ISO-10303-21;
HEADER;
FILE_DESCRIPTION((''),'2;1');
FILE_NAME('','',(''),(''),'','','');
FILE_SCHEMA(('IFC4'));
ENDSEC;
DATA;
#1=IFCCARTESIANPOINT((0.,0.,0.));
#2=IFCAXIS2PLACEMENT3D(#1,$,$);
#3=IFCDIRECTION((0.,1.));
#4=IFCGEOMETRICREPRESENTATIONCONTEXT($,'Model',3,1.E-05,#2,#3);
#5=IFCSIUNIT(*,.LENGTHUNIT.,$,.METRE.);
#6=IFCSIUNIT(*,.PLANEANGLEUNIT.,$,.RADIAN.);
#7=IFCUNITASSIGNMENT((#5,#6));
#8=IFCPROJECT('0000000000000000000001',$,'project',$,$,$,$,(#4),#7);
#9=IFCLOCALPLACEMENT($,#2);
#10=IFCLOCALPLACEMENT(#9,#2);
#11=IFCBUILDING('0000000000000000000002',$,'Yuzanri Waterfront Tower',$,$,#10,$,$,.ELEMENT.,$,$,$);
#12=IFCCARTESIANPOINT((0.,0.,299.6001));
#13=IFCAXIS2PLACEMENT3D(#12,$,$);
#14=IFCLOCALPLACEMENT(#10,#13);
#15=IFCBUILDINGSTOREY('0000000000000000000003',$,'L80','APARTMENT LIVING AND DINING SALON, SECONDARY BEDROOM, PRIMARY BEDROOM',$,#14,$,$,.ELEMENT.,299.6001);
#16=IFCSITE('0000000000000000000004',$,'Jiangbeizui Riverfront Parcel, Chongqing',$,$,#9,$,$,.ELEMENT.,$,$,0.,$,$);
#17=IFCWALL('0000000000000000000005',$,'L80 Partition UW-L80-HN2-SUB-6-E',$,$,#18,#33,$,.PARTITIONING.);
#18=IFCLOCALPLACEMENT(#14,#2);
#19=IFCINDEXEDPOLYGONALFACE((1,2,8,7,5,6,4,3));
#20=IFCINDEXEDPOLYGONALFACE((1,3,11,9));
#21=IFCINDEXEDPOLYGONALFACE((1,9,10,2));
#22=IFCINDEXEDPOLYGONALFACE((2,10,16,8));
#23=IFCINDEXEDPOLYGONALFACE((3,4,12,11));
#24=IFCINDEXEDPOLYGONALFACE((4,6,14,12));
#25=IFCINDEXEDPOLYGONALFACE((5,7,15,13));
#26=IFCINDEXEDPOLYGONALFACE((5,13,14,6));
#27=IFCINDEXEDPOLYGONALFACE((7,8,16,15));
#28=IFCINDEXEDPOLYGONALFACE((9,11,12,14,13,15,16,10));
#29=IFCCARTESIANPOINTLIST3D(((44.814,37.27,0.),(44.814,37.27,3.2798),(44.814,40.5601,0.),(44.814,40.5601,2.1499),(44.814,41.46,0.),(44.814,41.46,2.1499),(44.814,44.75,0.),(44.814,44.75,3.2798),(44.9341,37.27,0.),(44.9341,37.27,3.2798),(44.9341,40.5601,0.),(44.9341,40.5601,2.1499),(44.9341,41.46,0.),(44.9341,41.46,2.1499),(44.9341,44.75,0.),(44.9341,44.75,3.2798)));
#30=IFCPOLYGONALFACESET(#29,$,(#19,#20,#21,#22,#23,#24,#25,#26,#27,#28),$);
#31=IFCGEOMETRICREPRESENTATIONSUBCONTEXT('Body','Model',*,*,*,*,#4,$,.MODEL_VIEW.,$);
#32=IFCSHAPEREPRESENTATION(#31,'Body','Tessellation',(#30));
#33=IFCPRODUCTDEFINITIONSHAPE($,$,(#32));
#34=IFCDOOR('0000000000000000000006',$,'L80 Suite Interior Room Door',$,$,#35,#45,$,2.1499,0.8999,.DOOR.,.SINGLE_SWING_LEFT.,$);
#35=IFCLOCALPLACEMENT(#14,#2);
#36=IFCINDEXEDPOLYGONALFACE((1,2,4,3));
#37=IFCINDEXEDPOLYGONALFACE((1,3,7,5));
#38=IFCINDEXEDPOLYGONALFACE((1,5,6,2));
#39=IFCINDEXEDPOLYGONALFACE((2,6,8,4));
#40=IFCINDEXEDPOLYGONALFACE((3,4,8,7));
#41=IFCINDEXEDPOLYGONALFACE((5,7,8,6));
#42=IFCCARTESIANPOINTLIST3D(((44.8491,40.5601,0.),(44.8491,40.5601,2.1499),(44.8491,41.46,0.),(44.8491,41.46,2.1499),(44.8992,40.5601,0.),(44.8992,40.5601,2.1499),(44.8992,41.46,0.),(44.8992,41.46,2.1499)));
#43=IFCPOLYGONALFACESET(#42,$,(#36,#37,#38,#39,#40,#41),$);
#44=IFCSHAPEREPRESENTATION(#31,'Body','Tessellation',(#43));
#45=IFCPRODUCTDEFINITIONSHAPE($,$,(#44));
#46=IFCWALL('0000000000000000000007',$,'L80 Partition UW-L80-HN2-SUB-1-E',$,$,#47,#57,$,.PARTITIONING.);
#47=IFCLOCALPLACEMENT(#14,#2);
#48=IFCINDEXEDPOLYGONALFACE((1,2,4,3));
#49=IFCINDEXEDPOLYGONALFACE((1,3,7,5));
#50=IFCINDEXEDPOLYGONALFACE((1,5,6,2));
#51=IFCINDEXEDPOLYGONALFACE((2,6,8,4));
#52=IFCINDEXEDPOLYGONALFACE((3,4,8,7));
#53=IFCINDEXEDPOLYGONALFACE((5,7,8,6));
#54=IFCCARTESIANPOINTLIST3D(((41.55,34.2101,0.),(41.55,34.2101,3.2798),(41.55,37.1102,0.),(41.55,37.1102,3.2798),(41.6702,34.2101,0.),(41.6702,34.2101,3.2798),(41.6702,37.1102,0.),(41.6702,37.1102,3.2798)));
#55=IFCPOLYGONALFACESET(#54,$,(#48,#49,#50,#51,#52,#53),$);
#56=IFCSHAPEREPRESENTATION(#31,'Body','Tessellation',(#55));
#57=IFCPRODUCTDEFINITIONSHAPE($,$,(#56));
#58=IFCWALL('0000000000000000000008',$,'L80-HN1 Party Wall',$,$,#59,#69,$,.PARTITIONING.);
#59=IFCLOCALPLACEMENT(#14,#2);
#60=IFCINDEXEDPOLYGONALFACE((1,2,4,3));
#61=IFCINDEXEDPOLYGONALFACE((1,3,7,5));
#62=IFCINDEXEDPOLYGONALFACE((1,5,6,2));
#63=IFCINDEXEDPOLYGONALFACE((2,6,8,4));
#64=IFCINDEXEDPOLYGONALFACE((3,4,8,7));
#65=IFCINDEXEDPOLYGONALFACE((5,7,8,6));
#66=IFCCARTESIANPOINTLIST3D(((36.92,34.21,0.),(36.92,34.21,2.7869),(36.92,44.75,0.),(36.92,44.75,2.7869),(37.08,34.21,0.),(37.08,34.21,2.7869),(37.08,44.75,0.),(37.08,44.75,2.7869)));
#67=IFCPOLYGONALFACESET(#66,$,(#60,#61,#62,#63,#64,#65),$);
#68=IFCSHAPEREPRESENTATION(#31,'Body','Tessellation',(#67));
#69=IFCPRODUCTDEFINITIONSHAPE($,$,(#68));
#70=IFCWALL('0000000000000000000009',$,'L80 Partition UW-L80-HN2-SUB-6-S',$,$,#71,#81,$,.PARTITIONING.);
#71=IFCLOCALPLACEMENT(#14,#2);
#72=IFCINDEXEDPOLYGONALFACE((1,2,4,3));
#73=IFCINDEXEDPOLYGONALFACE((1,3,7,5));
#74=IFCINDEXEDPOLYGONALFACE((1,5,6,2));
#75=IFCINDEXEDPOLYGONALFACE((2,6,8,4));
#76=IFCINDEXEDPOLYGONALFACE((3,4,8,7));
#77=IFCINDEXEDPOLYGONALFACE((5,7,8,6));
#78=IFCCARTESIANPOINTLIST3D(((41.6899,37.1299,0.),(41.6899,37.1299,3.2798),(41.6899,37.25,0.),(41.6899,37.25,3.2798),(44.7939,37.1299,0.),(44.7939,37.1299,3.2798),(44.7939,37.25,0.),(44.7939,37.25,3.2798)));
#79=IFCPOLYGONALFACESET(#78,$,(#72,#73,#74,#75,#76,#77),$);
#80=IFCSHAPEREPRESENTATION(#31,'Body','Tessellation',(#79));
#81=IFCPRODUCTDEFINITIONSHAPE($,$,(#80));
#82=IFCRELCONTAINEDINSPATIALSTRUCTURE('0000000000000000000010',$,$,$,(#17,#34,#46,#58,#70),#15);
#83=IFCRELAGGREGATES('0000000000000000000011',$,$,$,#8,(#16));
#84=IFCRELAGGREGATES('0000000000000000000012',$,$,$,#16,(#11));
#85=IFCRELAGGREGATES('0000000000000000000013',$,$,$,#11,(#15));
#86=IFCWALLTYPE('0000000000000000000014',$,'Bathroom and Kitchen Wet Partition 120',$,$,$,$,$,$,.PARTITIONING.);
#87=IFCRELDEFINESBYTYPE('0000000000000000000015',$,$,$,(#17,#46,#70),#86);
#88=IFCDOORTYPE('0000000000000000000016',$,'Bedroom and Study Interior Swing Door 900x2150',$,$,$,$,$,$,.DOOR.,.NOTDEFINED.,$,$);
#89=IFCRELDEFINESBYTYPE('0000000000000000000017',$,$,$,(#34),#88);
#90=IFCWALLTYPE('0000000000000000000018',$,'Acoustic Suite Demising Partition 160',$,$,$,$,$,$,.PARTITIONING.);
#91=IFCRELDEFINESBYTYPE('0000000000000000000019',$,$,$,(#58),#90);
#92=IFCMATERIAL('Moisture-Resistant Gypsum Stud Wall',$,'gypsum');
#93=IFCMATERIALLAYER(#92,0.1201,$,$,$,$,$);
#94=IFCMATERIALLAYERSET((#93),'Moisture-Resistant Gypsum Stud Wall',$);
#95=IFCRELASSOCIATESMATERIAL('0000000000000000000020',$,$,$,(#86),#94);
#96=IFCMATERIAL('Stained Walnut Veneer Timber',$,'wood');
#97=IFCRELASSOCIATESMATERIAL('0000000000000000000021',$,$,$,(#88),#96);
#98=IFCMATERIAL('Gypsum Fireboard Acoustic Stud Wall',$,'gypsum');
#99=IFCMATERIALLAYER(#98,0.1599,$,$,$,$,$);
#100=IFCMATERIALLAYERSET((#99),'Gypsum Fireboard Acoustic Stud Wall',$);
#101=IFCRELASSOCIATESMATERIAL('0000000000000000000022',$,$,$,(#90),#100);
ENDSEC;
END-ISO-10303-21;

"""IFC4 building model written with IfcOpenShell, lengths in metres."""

from ifc_helpers import new_model, si_unit, direction, frame, frame_2d, origin, place, context, subcontext, project, spatial, rectangle, extrude, source, transform, mapped, material, layer, layer_set, type_object, element, fill, save


model = new_model("IFC4")

# Units and contexts
model_context = context("Model", 3, precision=1e-05, world=origin(), true_north=direction((0.0, 1.0)))
body_context = subcontext(model_context, "Body", "Model", "MODEL_VIEW")
ifc_project = project(units=[si_unit("LENGTHUNIT", "METRE"), si_unit("PLANEANGLEUNIT", "RADIAN")], contexts=[model_context])

# Site, building, storey
site_placement = place(None, origin())
site = spatial("IfcSite", under=ifc_project, at=site_placement, Name="Jiangbeizui Riverfront Parcel, Chongqing", CompositionType="ELEMENT", RefElevation=0.0)
building_placement = place(site_placement, origin())
building = spatial("IfcBuilding", under=site, at=building_placement, Name="Yuzanri Waterfront Tower", CompositionType="ELEMENT")
storey_placement = place(building_placement, frame((0.0, 0.0, 299.6001)))
storey = spatial("IfcBuildingStorey", under=building, at=storey_placement, Name="L80", Description="APARTMENT LIVING AND DINING SALON, SECONDARY BEDROOM, PRIMARY BEDROOM", CompositionType="ELEMENT", Elevation=299.6001)

# Wall, opening, door
ifc_material_1 = material(Name="Moisture-Resistant Gypsum Stud Wall", Category="gypsum")
ifc_layer_1 = layer(ifc_material_1, 0.1201)
ifc_layer_set_1 = layer_set([ifc_layer_1], Name="Moisture-Resistant Gypsum Stud Wall")
wall_type_1 = type_object("IfcWallType", Name="Bathroom and Kitchen Wet Partition 120", PredefinedType="PARTITIONING", material=ifc_layer_set_1)
ifc_material_2 = material(Name="Stained Walnut Veneer Timber", Category="wood")
door_type_1 = type_object("IfcDoorType", Name="Bedroom and Study Interior Swing Door 900x2150", OperationType="NOTDEFINED", PredefinedType="DOOR", material=ifc_material_2)
shared_shape_1 = source(origin(), body_context, "Body", "SweptSolid", [
    extrude(rectangle(XDim=0.8999, YDim=2.1499, at=frame_2d((0.45, 1.075))), frame((0.0, 0.0249, 0.0), z_axis=(0.0, -1.0, 0.0), x_axis=(1.0, 0.0, 0.0)), (0.0, 0.0, 1.0), 0.05),
])
wall_1_placement = place(storey_placement, frame((44.874, 37.27, 0.0), z_axis=(0.0, 0.0, 1.0), x_axis=(0.0, 1.0, 0.0)))
wall_1 = element("IfcWall", 1, at=wall_1_placement, inside=storey, type_object=wall_type_1, Name="L80 Partition UW-L80-HN2-SUB-6-E", PredefinedType="PARTITIONING", context=body_context, shape_type="SweptSolid", body=[
    extrude(rectangle(XDim=7.48, YDim=0.1201, at=frame_2d((3.74, 0.0))), origin(), (0.0, 0.0, 1.0), 3.2798),
])
opening_1_placement = place(wall_1_placement, frame((3.29, 0.0, 0.0)))
opening_1 = element("IfcOpeningElement", 2, at=opening_1_placement, cuts=wall_1, PredefinedType="OPENING", context=body_context, shape_type="SweptSolid", body=[
    extrude(rectangle(XDim=0.8999, YDim=2.1499, at=frame_2d((0.45, 1.075))), frame((0.0, 0.075, 0.0), z_axis=(0.0, -1.0, 0.0), x_axis=(1.0, 0.0, 0.0)), (0.0, 0.0, 1.0), 0.1499),
])
door_1_placement = place(opening_1_placement, origin())
door_1 = element("IfcDoor", 3, at=door_1_placement, inside=storey, type_object=door_type_1, Name="L80 Suite Interior Room Door", OperationType="SINGLE_SWING_LEFT", OverallHeight=2.1499, OverallWidth=0.8999, PredefinedType="DOOR", context=body_context, shape_type="MappedRepresentation", body=[
    mapped(shared_shape_1, transform((0.0, 0.0, 0.0), scale=1.0)),
])
fill(opening_1, door_1)

# Walls
shared_shape_2 = source(origin(), body_context, "Body", "SweptSolid", [
    extrude(rectangle(XDim=2.9001, YDim=0.1201, at=frame_2d((1.4502, 0.0))), origin(), (0.0, 0.0, 1.0), 3.2798),
])
wall_2_placement = place(storey_placement, frame((41.6101, 34.21, 0.0), z_axis=(0.0, 0.0, 1.0), x_axis=(0.0, 1.0, 0.0)))
element("IfcWall", 4, at=wall_2_placement, inside=storey, type_object=wall_type_1, Name="L80 Partition UW-L80-HN2-SUB-1-E", PredefinedType="PARTITIONING", context=body_context, shape_type="MappedRepresentation", body=[
    mapped(shared_shape_2, transform((0.0, 0.0, 0.0), scale=1.0)),
])
ifc_material_3 = material(Name="Gypsum Fireboard Acoustic Stud Wall", Category="gypsum")
ifc_layer_2 = layer(ifc_material_3, 0.1599)
ifc_layer_set_2 = layer_set([ifc_layer_2], Name="Gypsum Fireboard Acoustic Stud Wall")
wall_type_2 = type_object("IfcWallType", Name="Acoustic Suite Demising Partition 160", PredefinedType="PARTITIONING", material=ifc_layer_set_2)
shared_shape_3 = source(origin(), body_context, "Body", "SweptSolid", [
    extrude(rectangle(XDim=10.54, YDim=0.1599, at=frame_2d((5.27, 0.0))), origin(), (0.0, 0.0, 1.0), 2.7869),
])
wall_3_placement = place(storey_placement, frame((37.0, 34.21, 0.0), z_axis=(0.0, 0.0, 1.0), x_axis=(0.0, 1.0, 0.0)))
element("IfcWall", 5, at=wall_3_placement, inside=storey, type_object=wall_type_2, Name="L80-HN1 Party Wall", PredefinedType="PARTITIONING", context=body_context, shape_type="MappedRepresentation", body=[
    mapped(shared_shape_3, transform((0.0, 0.0, 0.0), scale=1.0)),
])
shared_shape_4 = source(origin(), body_context, "Body", "SweptSolid", [
    extrude(rectangle(XDim=3.104, YDim=0.1201, at=frame_2d((1.552, 0.0))), origin(), (0.0, 0.0, 1.0), 3.2798),
])
wall_4_placement = place(storey_placement, frame((41.6899, 37.1899, 0.0), z_axis=(0.0, 0.0, 1.0), x_axis=(1.0, 0.0, 0.0)))
element("IfcWall", 6, at=wall_4_placement, inside=storey, type_object=wall_type_1, Name="L80 Partition UW-L80-HN2-SUB-6-S", PredefinedType="PARTITIONING", context=body_context, shape_type="MappedRepresentation", body=[
    mapped(shared_shape_4, transform((0.0, 0.0, 0.0), scale=1.0)),
])

save(model, "model.ifc")
